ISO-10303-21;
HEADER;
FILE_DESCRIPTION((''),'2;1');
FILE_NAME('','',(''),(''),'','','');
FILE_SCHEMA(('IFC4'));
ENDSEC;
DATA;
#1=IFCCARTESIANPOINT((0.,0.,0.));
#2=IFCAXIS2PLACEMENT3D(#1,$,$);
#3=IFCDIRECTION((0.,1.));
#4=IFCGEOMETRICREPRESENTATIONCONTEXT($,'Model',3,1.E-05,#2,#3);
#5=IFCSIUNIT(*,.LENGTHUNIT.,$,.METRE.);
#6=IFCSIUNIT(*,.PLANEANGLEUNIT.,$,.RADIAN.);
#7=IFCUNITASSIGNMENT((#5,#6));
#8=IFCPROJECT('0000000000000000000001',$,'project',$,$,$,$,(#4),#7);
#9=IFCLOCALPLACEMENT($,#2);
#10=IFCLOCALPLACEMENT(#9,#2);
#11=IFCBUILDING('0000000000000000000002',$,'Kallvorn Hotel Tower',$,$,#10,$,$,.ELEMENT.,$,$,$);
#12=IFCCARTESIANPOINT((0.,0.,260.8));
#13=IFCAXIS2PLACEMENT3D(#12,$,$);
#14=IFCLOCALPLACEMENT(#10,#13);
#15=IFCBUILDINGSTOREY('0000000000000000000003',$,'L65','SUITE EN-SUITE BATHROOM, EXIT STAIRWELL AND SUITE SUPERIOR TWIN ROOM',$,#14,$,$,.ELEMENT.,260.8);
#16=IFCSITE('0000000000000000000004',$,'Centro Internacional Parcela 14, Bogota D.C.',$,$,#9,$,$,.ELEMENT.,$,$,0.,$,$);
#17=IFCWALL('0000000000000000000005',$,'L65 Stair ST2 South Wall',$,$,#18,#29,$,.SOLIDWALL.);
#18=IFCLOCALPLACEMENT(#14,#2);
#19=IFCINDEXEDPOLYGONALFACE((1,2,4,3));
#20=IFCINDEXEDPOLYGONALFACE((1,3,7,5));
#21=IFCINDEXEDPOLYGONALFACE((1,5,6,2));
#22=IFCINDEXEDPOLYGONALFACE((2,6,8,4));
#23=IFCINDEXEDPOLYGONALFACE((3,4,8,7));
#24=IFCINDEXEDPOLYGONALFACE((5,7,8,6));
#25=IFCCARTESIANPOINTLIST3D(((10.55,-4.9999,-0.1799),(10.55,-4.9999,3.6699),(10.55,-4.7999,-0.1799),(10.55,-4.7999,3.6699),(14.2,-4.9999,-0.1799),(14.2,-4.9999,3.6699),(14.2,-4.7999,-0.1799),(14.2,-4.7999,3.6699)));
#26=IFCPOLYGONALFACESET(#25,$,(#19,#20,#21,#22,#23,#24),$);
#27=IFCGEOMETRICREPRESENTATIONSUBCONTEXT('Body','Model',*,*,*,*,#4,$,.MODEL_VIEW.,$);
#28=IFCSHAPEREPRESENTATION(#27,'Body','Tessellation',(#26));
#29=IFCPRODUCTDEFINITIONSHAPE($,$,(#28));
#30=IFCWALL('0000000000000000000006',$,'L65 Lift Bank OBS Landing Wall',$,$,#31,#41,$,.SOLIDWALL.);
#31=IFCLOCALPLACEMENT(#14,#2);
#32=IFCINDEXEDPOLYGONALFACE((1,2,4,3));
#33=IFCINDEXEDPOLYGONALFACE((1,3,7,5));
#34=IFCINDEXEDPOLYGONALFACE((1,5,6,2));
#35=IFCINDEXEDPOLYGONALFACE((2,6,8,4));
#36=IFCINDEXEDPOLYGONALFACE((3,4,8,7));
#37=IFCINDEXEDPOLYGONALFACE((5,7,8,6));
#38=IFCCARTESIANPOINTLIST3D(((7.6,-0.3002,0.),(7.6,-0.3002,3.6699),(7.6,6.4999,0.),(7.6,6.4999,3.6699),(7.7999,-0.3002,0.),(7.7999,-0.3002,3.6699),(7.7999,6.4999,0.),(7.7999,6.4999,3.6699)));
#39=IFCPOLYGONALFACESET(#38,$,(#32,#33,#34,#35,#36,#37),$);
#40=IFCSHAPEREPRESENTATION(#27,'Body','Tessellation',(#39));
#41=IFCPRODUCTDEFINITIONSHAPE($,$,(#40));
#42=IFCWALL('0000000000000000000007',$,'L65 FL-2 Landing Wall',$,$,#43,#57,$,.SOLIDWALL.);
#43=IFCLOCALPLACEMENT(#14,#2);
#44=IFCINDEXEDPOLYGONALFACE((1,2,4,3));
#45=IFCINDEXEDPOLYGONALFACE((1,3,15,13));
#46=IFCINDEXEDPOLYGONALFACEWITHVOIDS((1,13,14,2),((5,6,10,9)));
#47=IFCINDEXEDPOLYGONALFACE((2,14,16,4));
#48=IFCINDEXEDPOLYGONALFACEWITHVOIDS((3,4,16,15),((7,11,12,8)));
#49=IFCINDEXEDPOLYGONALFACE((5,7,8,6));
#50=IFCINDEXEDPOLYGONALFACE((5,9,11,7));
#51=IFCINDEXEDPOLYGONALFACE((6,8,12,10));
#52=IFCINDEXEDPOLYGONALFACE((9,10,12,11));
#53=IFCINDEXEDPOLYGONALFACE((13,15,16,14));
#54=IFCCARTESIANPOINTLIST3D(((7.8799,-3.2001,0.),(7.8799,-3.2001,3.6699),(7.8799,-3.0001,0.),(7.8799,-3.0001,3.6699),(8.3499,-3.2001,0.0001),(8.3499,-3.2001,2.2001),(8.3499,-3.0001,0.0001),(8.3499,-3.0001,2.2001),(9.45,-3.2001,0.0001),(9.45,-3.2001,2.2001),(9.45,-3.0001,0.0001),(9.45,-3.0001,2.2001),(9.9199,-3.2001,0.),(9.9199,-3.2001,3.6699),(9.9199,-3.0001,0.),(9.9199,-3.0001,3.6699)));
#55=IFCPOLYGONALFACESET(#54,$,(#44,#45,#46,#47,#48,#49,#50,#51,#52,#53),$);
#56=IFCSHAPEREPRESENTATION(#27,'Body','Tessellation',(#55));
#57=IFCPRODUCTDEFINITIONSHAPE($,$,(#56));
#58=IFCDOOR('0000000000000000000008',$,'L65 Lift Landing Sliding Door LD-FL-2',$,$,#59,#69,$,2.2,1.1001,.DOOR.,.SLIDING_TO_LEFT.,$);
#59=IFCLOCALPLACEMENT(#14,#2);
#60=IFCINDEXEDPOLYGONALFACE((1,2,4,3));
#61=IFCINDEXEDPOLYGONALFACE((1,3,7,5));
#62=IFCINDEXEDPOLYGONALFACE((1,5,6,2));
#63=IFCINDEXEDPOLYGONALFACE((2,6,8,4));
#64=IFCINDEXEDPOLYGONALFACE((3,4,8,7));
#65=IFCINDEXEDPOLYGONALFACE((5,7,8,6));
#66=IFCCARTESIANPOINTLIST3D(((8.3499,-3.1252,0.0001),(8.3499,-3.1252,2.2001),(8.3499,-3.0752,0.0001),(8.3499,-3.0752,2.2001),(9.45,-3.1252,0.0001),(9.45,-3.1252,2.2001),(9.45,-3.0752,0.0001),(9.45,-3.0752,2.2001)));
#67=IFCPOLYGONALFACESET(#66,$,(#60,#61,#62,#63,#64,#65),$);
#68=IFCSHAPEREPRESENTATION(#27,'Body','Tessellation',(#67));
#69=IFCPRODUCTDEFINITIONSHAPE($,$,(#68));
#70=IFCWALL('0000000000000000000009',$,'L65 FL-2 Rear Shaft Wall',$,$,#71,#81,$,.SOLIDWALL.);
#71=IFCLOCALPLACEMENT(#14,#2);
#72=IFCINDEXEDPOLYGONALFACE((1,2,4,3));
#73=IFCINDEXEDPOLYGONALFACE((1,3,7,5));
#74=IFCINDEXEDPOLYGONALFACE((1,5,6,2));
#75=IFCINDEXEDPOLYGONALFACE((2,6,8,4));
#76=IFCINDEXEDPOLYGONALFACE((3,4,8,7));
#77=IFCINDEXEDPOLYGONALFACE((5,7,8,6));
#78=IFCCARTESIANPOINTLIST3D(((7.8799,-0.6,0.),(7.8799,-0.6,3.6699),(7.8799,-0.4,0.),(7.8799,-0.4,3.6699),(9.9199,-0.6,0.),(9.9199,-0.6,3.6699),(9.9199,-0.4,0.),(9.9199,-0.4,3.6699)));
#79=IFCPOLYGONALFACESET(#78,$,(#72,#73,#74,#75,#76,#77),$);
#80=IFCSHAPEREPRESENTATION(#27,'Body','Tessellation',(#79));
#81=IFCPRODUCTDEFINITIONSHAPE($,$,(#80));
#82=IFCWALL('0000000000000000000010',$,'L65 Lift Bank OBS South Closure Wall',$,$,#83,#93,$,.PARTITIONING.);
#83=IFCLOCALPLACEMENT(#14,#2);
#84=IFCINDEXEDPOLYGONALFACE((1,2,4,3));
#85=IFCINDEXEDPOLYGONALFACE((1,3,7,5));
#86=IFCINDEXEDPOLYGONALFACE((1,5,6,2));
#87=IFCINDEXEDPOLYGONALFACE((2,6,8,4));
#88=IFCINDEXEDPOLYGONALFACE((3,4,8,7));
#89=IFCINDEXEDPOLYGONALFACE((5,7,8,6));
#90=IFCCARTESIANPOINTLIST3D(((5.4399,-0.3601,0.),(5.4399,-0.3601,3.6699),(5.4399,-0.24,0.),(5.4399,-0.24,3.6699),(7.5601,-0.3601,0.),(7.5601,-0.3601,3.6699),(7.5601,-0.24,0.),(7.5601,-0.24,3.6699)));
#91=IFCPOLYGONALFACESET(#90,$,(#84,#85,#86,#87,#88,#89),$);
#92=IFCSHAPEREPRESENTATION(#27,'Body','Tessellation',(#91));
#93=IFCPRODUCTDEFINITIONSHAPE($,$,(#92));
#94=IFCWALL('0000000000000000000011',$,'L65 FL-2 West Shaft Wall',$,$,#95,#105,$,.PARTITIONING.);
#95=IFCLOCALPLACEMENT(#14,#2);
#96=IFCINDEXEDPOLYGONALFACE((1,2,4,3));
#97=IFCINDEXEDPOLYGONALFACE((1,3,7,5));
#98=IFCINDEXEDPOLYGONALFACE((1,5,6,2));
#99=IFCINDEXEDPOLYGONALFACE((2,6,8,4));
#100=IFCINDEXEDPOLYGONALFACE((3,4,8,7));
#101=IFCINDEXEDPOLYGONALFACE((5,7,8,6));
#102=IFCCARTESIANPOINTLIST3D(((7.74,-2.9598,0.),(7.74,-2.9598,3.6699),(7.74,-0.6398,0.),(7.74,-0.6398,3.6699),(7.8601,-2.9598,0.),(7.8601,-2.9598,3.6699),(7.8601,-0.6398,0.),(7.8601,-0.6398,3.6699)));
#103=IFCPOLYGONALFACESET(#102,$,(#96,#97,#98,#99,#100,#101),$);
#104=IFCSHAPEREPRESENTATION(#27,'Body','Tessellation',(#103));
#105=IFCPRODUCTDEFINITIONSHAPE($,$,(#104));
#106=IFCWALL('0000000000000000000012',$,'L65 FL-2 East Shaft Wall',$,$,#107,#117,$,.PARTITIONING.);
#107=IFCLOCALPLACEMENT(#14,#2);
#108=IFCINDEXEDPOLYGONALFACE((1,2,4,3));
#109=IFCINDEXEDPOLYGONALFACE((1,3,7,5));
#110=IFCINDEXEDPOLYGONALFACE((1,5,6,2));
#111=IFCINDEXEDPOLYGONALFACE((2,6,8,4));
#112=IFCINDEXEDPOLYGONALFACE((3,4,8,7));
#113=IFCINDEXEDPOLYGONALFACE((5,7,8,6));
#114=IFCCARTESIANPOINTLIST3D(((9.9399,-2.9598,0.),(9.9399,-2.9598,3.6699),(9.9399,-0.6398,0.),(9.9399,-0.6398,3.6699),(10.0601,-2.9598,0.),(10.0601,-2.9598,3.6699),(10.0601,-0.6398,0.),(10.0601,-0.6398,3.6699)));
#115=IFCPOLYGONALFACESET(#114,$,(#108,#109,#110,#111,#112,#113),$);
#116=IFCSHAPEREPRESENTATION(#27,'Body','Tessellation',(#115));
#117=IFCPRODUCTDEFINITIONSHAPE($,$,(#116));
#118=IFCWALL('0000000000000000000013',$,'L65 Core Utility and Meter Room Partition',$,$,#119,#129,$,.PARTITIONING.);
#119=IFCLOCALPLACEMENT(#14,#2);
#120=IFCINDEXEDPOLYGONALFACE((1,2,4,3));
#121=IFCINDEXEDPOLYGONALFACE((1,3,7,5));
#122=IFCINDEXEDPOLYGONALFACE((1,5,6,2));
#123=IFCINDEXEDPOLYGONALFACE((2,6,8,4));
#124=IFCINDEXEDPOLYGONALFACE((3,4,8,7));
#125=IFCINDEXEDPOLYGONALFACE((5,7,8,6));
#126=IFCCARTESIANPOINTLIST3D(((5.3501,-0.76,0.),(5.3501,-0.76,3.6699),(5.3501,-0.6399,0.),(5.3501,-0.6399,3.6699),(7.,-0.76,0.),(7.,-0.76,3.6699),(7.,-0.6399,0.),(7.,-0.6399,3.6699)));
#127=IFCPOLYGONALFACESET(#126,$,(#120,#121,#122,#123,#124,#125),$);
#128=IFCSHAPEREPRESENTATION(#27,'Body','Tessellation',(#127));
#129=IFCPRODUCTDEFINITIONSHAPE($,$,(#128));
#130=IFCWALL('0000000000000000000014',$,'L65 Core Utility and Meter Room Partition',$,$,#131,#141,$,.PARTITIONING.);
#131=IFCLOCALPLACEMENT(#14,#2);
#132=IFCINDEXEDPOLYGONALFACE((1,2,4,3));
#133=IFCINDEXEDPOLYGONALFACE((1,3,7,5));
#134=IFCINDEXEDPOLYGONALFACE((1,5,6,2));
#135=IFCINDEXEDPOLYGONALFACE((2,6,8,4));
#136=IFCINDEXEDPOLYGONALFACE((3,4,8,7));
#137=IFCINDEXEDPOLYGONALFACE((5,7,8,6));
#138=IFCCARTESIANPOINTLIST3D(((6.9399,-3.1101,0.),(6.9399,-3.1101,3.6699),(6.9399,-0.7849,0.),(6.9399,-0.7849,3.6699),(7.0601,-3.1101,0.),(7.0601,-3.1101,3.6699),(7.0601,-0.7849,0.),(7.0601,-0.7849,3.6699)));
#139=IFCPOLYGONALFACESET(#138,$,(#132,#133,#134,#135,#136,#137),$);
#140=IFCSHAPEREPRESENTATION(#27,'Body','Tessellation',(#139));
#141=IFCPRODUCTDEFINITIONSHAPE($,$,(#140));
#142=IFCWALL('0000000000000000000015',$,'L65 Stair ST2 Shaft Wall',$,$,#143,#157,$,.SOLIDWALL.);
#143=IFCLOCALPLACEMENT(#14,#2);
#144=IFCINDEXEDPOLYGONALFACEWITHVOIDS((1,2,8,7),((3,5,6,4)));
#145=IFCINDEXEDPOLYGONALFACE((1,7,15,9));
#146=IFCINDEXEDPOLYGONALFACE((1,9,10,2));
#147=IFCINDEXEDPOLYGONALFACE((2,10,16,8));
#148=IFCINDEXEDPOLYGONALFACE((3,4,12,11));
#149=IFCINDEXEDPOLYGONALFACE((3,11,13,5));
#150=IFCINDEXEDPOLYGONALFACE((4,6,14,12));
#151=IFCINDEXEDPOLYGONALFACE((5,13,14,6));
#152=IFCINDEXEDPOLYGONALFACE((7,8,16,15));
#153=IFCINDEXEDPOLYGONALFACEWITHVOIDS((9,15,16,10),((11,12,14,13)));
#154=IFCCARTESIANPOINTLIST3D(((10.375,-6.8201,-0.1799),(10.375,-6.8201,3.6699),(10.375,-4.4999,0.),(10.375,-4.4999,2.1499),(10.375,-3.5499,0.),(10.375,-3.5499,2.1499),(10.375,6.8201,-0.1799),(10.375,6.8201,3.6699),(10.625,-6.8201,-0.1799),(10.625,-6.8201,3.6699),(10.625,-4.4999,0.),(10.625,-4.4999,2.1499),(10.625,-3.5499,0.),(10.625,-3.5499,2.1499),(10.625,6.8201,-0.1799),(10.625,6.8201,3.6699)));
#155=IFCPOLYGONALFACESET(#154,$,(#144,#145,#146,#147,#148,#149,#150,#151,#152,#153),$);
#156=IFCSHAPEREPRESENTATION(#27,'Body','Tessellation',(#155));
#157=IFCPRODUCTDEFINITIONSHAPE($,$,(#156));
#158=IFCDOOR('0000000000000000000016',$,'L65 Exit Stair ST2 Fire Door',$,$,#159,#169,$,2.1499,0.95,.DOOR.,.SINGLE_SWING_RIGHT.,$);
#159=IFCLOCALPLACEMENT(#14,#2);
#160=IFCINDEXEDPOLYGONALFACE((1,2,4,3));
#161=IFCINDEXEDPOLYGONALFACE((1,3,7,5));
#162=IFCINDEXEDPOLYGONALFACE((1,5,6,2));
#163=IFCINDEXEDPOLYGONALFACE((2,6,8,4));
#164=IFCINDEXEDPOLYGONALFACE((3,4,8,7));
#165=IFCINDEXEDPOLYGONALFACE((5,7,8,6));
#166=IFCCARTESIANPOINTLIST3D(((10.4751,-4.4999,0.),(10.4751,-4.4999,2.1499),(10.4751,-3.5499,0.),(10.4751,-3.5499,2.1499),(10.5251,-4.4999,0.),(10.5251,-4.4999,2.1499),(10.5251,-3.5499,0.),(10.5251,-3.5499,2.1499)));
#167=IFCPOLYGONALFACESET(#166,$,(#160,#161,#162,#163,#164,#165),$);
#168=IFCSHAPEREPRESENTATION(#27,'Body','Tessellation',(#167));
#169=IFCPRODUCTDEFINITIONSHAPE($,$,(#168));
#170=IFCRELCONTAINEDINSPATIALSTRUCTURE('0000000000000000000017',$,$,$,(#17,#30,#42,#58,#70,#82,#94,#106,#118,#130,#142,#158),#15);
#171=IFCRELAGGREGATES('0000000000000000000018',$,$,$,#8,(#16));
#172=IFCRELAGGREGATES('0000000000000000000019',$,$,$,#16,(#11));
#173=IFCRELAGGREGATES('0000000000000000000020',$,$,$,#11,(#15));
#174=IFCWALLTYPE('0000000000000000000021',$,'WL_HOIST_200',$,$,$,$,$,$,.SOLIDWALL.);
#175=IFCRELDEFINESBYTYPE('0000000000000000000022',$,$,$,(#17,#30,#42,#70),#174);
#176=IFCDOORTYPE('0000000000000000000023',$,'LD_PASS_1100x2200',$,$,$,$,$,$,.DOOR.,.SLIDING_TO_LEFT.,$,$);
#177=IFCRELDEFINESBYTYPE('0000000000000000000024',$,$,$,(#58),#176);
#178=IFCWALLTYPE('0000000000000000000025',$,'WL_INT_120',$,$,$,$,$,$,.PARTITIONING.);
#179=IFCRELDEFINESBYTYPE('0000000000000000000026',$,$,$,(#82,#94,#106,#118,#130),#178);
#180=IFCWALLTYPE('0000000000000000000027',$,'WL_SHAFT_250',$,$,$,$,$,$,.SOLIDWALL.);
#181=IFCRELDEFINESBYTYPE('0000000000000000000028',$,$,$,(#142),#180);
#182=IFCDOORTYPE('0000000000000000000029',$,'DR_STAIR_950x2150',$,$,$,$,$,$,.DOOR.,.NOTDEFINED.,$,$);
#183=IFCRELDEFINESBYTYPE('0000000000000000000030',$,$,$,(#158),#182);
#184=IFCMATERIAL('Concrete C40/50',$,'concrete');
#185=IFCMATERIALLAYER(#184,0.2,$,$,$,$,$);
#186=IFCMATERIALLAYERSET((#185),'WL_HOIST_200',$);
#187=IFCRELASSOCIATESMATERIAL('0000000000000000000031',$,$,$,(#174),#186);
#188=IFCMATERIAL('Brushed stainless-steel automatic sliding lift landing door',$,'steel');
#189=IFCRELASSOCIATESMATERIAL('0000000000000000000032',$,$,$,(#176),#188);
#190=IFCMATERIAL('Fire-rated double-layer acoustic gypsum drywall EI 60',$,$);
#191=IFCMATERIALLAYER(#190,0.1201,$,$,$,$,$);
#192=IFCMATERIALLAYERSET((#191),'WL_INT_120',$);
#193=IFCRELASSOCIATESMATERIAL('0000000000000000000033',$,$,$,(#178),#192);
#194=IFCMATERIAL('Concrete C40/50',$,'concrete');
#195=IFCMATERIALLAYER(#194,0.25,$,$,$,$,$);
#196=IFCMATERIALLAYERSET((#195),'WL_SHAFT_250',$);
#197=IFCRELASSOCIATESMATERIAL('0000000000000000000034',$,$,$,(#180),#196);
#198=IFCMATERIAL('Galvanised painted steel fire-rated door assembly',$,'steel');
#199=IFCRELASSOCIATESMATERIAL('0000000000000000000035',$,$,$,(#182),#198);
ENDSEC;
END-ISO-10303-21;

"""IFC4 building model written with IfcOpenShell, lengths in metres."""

from ifc_helpers import new_model, si_unit, direction, frame, frame_2d, origin, place, context, subcontext, project, spatial, rectangle, extrude, material, layer, layer_set, type_object, element, fill, save


model = new_model("IFC4")

# Units and contexts
model_context = context("Model", 3, precision=1e-05, world=origin(), true_north=direction((0.0, 1.0)))
body_context = subcontext(model_context, "Body", "Model", "MODEL_VIEW")
ifc_project = project(units=[si_unit("LENGTHUNIT", "METRE"), si_unit("PLANEANGLEUNIT", "RADIAN")], contexts=[model_context])

# Site, building, storey
site_placement = place(None, origin())
site = spatial("IfcSite", under=ifc_project, at=site_placement, Name="Centro Internacional Parcela 14, Bogota D.C.", CompositionType="ELEMENT", RefElevation=0.0)
building_placement = place(site_placement, origin())
building = spatial("IfcBuilding", under=site, at=building_placement, Name="Kallvorn Hotel Tower", CompositionType="ELEMENT")
storey_placement = place(building_placement, frame((0.0, 0.0, 260.8)))
storey = spatial("IfcBuildingStorey", under=building, at=storey_placement, Name="L65", Description="SUITE EN-SUITE BATHROOM, EXIT STAIRWELL AND SUITE SUPERIOR TWIN ROOM", CompositionType="ELEMENT", Elevation=260.8)

# Walls
ifc_material_1 = material(Name="Concrete C40/50", Category="concrete")
ifc_layer_1 = layer(ifc_material_1, 0.2)
ifc_layer_set_1 = layer_set([ifc_layer_1], Name="WL_HOIST_200")
wall_type_1 = type_object("IfcWallType", Name="WL_HOIST_200", PredefinedType="SOLIDWALL", material=ifc_layer_set_1)
wall_1_placement = place(storey_placement, frame((10.55, -4.8999, -0.1799), z_axis=(0.0, 0.0, 1.0), x_axis=(1.0, 0.0, 0.0)))
element("IfcWall", 1, at=wall_1_placement, inside=storey, type_object=wall_type_1, Name="L65 Stair ST2 South Wall", PredefinedType="SOLIDWALL", context=body_context, shape_type="SweptSolid", body=[
    extrude(rectangle(XDim=3.6499, YDim=0.2, at=frame_2d((1.825, 0.0))), origin(), (0.0, 0.0, 1.0), 3.8499),
])
wall_2_placement = place(storey_placement, frame((7.7, -0.3, 0.0), z_axis=(0.0, 0.0, 1.0), x_axis=(0.0, 1.0, 0.0)))
element("IfcWall", 2, at=wall_2_placement, inside=storey, type_object=wall_type_1, Name="L65 Lift Bank OBS Landing Wall", PredefinedType="SOLIDWALL", context=body_context, shape_type="SweptSolid", body=[
    extrude(rectangle(XDim=6.8, YDim=0.2, at=frame_2d((3.3999, 0.0))), origin(), (0.0, 0.0, 1.0), 3.6699),
])

# Wall, opening, door
wall_3_placement = place(storey_placement, frame((7.8799, -3.1001, 0.0), z_axis=(0.0, 0.0, 1.0), x_axis=(1.0, 0.0, 0.0)))
wall_3 = element("IfcWall", 3, at=wall_3_placement, inside=storey, type_object=wall_type_1, Name="L65 FL-2 Landing Wall", PredefinedType="SOLIDWALL", context=body_context, shape_type="SweptSolid", body=[
    extrude(rectangle(XDim=2.04, YDim=0.2, at=frame_2d((1.02, 0.0))), origin(), (0.0, 0.0, 1.0), 3.6699),
])
opening_1_placement = place(wall_3_placement, frame((0.47, 0.0, 0.0)))
opening_1 = element("IfcOpeningElement", 4, at=opening_1_placement, cuts=wall_3, PredefinedType="OPENING", context=body_context, shape_type="SweptSolid", body=[
    extrude(rectangle(XDim=1.1001, YDim=2.2, at=frame_2d((0.55, 1.1001))), frame((0.0, 0.115, 0.0), z_axis=(0.0, -1.0, 0.0), x_axis=(1.0, 0.0, 0.0)), (0.0, 0.0, 1.0), 0.23),
])
ifc_material_2 = material(Name="Brushed stainless-steel automatic sliding lift landing door", Category="steel")
door_type_1 = type_object("IfcDoorType", Name="LD_PASS_1100x2200", OperationType="SLIDING_TO_LEFT", PredefinedType="DOOR", material=ifc_material_2)
door_1_placement = place(opening_1_placement, origin())
door_1 = element("IfcDoor", 5, at=door_1_placement, inside=storey, type_object=door_type_1, Name="L65 Lift Landing Sliding Door LD-FL-2", OperationType="SLIDING_TO_LEFT", OverallHeight=2.2, OverallWidth=1.1001, PredefinedType="DOOR", context=body_context, shape_type="SweptSolid", body=[
    extrude(rectangle(XDim=1.1001, YDim=2.2, at=frame_2d((0.55, 1.1001))), frame((0.0, 0.0249, 0.0), z_axis=(0.0, -1.0, 0.0), x_axis=(1.0, 0.0, 0.0)), (0.0, 0.0, 1.0), 0.05),
])
fill(opening_1, door_1)

# Walls
wall_4_placement = place(storey_placement, frame((7.8799, -0.5, 0.0), z_axis=(0.0, 0.0, 1.0), x_axis=(1.0, 0.0, 0.0)))
element("IfcWall", 6, at=wall_4_placement, inside=storey, type_object=wall_type_1, Name="L65 FL-2 Rear Shaft Wall", PredefinedType="SOLIDWALL", context=body_context, shape_type="SweptSolid", body=[
    extrude(rectangle(XDim=2.04, YDim=0.2, at=frame_2d((1.02, 0.0))), origin(), (0.0, 0.0, 1.0), 3.6699),
])
ifc_material_3 = material(Name="Fire-rated double-layer acoustic gypsum drywall EI 60")
ifc_layer_2 = layer(ifc_material_3, 0.1201)
ifc_layer_set_2 = layer_set([ifc_layer_2], Name="WL_INT_120")
wall_type_2 = type_object("IfcWallType", Name="WL_INT_120", PredefinedType="PARTITIONING", material=ifc_layer_set_2)
wall_5_placement = place(storey_placement, frame((5.4399, -0.3, 0.0), z_axis=(0.0, 0.0, 1.0), x_axis=(1.0, 0.0, 0.0)))
element("IfcWall", 7, at=wall_5_placement, inside=storey, type_object=wall_type_2, Name="L65 Lift Bank OBS South Closure Wall", PredefinedType="PARTITIONING", context=body_context, shape_type="SweptSolid", body=[
    extrude(rectangle(XDim=2.1201, YDim=0.1201, at=frame_2d((1.0601, 0.0))), origin(), (0.0, 0.0, 1.0), 3.6699),
])
for number, where, z_axis, x_axis, name in (
    (8, (7.8, -2.96, 0.0), (0.0, 0.0, 1.0), (0.0, 1.0, 0.0), "L65 FL-2 West Shaft Wall"),
    (9, (10.0, -2.96, 0.0), (0.0, 0.0, 1.0), (0.0, 1.0, 0.0), "L65 FL-2 East Shaft Wall"),
):
    element("IfcWall", number, at=place(storey_placement, frame(where, z_axis=z_axis, x_axis=x_axis)), inside=storey, type_object=wall_type_2, Name=name, PredefinedType="PARTITIONING", context=body_context, shape_type="SweptSolid", body=[
        extrude(rectangle(XDim=2.3201, YDim=0.1201, at=frame_2d((1.1602, 0.0))), origin(), (0.0, 0.0, 1.0), 3.6699),
    ])
wall_6_placement = place(storey_placement, frame((5.3501, -0.7, 0.0), z_axis=(0.0, 0.0, 1.0), x_axis=(1.0, 0.0, 0.0)))
element("IfcWall", 10, at=wall_6_placement, inside=storey, type_object=wall_type_2, Name="L65 Core Utility and Meter Room Partition", PredefinedType="PARTITIONING", context=body_context, shape_type="SweptSolid", body=[
    extrude(rectangle(XDim=1.6499, YDim=0.1201, at=frame_2d((0.825, 0.0))), origin(), (0.0, 0.0, 1.0), 3.6699),
])
wall_7_placement = place(storey_placement, frame((7.0, -3.1101, 0.0), z_axis=(0.0, 0.0, 1.0), x_axis=(0.0, 1.0, 0.0)))
element("IfcWall", 11, at=wall_7_placement, inside=storey, type_object=wall_type_2, Name="L65 Core Utility and Meter Room Partition", PredefinedType="PARTITIONING", context=body_context, shape_type="SweptSolid", body=[
    extrude(rectangle(XDim=2.3252, YDim=0.1201, at=frame_2d((1.1626, 0.0))), origin(), (0.0, 0.0, 1.0), 3.6699),
])

# Wall, opening, door
ifc_material_4 = material(Name="Concrete C40/50", Category="concrete")
ifc_layer_3 = layer(ifc_material_4, 0.25)
ifc_layer_set_3 = layer_set([ifc_layer_3], Name="WL_SHAFT_250")
wall_type_3 = type_object("IfcWallType", Name="WL_SHAFT_250", PredefinedType="SOLIDWALL", material=ifc_layer_set_3)
wall_8_placement = place(storey_placement, frame((10.5, -6.8201, -0.1799), z_axis=(0.0, 0.0, 1.0), x_axis=(0.0, 1.0, 0.0)))
wall_8 = element("IfcWall", 12, at=wall_8_placement, inside=storey, type_object=wall_type_3, Name="L65 Stair ST2 Shaft Wall", PredefinedType="SOLIDWALL", context=body_context, shape_type="SweptSolid", body=[
    extrude(rectangle(XDim=13.6401, YDim=0.25, at=frame_2d((6.8201, 0.0))), origin(), (0.0, 0.0, 1.0), 3.8499),
])
opening_2_placement = place(wall_8_placement, frame((2.3201, 0.0, 0.1799)))
opening_2 = element("IfcOpeningElement", 13, at=opening_2_placement, cuts=wall_8, PredefinedType="OPENING", context=body_context, shape_type="SweptSolid", body=[
    extrude(rectangle(XDim=0.95, YDim=2.1499, at=frame_2d((0.4751, 1.075))), frame((0.0, 0.1399, 0.0), z_axis=(0.0, -1.0, 0.0), x_axis=(1.0, 0.0, 0.0)), (0.0, 0.0, 1.0), 0.28),
])
ifc_material_5 = material(Name="Galvanised painted steel fire-rated door assembly", Category="steel")
door_type_2 = type_object("IfcDoorType", Name="DR_STAIR_950x2150", OperationType="NOTDEFINED", PredefinedType="DOOR", material=ifc_material_5)
door_2_placement = place(opening_2_placement, origin())
door_2 = element("IfcDoor", 14, at=door_2_placement, inside=storey, type_object=door_type_2, Name="L65 Exit Stair ST2 Fire Door", OperationType="SINGLE_SWING_RIGHT", OverallHeight=2.1499, OverallWidth=0.95, PredefinedType="DOOR", context=body_context, shape_type="SweptSolid", body=[
    extrude(rectangle(XDim=0.95, YDim=2.1499, at=frame_2d((0.4751, 1.075))), frame((0.0, 0.0249, 0.0), z_axis=(0.0, -1.0, 0.0), x_axis=(1.0, 0.0, 0.0)), (0.0, 0.0, 1.0), 0.05),
])
fill(opening_2, door_2)

save(model, "model.ifc")
